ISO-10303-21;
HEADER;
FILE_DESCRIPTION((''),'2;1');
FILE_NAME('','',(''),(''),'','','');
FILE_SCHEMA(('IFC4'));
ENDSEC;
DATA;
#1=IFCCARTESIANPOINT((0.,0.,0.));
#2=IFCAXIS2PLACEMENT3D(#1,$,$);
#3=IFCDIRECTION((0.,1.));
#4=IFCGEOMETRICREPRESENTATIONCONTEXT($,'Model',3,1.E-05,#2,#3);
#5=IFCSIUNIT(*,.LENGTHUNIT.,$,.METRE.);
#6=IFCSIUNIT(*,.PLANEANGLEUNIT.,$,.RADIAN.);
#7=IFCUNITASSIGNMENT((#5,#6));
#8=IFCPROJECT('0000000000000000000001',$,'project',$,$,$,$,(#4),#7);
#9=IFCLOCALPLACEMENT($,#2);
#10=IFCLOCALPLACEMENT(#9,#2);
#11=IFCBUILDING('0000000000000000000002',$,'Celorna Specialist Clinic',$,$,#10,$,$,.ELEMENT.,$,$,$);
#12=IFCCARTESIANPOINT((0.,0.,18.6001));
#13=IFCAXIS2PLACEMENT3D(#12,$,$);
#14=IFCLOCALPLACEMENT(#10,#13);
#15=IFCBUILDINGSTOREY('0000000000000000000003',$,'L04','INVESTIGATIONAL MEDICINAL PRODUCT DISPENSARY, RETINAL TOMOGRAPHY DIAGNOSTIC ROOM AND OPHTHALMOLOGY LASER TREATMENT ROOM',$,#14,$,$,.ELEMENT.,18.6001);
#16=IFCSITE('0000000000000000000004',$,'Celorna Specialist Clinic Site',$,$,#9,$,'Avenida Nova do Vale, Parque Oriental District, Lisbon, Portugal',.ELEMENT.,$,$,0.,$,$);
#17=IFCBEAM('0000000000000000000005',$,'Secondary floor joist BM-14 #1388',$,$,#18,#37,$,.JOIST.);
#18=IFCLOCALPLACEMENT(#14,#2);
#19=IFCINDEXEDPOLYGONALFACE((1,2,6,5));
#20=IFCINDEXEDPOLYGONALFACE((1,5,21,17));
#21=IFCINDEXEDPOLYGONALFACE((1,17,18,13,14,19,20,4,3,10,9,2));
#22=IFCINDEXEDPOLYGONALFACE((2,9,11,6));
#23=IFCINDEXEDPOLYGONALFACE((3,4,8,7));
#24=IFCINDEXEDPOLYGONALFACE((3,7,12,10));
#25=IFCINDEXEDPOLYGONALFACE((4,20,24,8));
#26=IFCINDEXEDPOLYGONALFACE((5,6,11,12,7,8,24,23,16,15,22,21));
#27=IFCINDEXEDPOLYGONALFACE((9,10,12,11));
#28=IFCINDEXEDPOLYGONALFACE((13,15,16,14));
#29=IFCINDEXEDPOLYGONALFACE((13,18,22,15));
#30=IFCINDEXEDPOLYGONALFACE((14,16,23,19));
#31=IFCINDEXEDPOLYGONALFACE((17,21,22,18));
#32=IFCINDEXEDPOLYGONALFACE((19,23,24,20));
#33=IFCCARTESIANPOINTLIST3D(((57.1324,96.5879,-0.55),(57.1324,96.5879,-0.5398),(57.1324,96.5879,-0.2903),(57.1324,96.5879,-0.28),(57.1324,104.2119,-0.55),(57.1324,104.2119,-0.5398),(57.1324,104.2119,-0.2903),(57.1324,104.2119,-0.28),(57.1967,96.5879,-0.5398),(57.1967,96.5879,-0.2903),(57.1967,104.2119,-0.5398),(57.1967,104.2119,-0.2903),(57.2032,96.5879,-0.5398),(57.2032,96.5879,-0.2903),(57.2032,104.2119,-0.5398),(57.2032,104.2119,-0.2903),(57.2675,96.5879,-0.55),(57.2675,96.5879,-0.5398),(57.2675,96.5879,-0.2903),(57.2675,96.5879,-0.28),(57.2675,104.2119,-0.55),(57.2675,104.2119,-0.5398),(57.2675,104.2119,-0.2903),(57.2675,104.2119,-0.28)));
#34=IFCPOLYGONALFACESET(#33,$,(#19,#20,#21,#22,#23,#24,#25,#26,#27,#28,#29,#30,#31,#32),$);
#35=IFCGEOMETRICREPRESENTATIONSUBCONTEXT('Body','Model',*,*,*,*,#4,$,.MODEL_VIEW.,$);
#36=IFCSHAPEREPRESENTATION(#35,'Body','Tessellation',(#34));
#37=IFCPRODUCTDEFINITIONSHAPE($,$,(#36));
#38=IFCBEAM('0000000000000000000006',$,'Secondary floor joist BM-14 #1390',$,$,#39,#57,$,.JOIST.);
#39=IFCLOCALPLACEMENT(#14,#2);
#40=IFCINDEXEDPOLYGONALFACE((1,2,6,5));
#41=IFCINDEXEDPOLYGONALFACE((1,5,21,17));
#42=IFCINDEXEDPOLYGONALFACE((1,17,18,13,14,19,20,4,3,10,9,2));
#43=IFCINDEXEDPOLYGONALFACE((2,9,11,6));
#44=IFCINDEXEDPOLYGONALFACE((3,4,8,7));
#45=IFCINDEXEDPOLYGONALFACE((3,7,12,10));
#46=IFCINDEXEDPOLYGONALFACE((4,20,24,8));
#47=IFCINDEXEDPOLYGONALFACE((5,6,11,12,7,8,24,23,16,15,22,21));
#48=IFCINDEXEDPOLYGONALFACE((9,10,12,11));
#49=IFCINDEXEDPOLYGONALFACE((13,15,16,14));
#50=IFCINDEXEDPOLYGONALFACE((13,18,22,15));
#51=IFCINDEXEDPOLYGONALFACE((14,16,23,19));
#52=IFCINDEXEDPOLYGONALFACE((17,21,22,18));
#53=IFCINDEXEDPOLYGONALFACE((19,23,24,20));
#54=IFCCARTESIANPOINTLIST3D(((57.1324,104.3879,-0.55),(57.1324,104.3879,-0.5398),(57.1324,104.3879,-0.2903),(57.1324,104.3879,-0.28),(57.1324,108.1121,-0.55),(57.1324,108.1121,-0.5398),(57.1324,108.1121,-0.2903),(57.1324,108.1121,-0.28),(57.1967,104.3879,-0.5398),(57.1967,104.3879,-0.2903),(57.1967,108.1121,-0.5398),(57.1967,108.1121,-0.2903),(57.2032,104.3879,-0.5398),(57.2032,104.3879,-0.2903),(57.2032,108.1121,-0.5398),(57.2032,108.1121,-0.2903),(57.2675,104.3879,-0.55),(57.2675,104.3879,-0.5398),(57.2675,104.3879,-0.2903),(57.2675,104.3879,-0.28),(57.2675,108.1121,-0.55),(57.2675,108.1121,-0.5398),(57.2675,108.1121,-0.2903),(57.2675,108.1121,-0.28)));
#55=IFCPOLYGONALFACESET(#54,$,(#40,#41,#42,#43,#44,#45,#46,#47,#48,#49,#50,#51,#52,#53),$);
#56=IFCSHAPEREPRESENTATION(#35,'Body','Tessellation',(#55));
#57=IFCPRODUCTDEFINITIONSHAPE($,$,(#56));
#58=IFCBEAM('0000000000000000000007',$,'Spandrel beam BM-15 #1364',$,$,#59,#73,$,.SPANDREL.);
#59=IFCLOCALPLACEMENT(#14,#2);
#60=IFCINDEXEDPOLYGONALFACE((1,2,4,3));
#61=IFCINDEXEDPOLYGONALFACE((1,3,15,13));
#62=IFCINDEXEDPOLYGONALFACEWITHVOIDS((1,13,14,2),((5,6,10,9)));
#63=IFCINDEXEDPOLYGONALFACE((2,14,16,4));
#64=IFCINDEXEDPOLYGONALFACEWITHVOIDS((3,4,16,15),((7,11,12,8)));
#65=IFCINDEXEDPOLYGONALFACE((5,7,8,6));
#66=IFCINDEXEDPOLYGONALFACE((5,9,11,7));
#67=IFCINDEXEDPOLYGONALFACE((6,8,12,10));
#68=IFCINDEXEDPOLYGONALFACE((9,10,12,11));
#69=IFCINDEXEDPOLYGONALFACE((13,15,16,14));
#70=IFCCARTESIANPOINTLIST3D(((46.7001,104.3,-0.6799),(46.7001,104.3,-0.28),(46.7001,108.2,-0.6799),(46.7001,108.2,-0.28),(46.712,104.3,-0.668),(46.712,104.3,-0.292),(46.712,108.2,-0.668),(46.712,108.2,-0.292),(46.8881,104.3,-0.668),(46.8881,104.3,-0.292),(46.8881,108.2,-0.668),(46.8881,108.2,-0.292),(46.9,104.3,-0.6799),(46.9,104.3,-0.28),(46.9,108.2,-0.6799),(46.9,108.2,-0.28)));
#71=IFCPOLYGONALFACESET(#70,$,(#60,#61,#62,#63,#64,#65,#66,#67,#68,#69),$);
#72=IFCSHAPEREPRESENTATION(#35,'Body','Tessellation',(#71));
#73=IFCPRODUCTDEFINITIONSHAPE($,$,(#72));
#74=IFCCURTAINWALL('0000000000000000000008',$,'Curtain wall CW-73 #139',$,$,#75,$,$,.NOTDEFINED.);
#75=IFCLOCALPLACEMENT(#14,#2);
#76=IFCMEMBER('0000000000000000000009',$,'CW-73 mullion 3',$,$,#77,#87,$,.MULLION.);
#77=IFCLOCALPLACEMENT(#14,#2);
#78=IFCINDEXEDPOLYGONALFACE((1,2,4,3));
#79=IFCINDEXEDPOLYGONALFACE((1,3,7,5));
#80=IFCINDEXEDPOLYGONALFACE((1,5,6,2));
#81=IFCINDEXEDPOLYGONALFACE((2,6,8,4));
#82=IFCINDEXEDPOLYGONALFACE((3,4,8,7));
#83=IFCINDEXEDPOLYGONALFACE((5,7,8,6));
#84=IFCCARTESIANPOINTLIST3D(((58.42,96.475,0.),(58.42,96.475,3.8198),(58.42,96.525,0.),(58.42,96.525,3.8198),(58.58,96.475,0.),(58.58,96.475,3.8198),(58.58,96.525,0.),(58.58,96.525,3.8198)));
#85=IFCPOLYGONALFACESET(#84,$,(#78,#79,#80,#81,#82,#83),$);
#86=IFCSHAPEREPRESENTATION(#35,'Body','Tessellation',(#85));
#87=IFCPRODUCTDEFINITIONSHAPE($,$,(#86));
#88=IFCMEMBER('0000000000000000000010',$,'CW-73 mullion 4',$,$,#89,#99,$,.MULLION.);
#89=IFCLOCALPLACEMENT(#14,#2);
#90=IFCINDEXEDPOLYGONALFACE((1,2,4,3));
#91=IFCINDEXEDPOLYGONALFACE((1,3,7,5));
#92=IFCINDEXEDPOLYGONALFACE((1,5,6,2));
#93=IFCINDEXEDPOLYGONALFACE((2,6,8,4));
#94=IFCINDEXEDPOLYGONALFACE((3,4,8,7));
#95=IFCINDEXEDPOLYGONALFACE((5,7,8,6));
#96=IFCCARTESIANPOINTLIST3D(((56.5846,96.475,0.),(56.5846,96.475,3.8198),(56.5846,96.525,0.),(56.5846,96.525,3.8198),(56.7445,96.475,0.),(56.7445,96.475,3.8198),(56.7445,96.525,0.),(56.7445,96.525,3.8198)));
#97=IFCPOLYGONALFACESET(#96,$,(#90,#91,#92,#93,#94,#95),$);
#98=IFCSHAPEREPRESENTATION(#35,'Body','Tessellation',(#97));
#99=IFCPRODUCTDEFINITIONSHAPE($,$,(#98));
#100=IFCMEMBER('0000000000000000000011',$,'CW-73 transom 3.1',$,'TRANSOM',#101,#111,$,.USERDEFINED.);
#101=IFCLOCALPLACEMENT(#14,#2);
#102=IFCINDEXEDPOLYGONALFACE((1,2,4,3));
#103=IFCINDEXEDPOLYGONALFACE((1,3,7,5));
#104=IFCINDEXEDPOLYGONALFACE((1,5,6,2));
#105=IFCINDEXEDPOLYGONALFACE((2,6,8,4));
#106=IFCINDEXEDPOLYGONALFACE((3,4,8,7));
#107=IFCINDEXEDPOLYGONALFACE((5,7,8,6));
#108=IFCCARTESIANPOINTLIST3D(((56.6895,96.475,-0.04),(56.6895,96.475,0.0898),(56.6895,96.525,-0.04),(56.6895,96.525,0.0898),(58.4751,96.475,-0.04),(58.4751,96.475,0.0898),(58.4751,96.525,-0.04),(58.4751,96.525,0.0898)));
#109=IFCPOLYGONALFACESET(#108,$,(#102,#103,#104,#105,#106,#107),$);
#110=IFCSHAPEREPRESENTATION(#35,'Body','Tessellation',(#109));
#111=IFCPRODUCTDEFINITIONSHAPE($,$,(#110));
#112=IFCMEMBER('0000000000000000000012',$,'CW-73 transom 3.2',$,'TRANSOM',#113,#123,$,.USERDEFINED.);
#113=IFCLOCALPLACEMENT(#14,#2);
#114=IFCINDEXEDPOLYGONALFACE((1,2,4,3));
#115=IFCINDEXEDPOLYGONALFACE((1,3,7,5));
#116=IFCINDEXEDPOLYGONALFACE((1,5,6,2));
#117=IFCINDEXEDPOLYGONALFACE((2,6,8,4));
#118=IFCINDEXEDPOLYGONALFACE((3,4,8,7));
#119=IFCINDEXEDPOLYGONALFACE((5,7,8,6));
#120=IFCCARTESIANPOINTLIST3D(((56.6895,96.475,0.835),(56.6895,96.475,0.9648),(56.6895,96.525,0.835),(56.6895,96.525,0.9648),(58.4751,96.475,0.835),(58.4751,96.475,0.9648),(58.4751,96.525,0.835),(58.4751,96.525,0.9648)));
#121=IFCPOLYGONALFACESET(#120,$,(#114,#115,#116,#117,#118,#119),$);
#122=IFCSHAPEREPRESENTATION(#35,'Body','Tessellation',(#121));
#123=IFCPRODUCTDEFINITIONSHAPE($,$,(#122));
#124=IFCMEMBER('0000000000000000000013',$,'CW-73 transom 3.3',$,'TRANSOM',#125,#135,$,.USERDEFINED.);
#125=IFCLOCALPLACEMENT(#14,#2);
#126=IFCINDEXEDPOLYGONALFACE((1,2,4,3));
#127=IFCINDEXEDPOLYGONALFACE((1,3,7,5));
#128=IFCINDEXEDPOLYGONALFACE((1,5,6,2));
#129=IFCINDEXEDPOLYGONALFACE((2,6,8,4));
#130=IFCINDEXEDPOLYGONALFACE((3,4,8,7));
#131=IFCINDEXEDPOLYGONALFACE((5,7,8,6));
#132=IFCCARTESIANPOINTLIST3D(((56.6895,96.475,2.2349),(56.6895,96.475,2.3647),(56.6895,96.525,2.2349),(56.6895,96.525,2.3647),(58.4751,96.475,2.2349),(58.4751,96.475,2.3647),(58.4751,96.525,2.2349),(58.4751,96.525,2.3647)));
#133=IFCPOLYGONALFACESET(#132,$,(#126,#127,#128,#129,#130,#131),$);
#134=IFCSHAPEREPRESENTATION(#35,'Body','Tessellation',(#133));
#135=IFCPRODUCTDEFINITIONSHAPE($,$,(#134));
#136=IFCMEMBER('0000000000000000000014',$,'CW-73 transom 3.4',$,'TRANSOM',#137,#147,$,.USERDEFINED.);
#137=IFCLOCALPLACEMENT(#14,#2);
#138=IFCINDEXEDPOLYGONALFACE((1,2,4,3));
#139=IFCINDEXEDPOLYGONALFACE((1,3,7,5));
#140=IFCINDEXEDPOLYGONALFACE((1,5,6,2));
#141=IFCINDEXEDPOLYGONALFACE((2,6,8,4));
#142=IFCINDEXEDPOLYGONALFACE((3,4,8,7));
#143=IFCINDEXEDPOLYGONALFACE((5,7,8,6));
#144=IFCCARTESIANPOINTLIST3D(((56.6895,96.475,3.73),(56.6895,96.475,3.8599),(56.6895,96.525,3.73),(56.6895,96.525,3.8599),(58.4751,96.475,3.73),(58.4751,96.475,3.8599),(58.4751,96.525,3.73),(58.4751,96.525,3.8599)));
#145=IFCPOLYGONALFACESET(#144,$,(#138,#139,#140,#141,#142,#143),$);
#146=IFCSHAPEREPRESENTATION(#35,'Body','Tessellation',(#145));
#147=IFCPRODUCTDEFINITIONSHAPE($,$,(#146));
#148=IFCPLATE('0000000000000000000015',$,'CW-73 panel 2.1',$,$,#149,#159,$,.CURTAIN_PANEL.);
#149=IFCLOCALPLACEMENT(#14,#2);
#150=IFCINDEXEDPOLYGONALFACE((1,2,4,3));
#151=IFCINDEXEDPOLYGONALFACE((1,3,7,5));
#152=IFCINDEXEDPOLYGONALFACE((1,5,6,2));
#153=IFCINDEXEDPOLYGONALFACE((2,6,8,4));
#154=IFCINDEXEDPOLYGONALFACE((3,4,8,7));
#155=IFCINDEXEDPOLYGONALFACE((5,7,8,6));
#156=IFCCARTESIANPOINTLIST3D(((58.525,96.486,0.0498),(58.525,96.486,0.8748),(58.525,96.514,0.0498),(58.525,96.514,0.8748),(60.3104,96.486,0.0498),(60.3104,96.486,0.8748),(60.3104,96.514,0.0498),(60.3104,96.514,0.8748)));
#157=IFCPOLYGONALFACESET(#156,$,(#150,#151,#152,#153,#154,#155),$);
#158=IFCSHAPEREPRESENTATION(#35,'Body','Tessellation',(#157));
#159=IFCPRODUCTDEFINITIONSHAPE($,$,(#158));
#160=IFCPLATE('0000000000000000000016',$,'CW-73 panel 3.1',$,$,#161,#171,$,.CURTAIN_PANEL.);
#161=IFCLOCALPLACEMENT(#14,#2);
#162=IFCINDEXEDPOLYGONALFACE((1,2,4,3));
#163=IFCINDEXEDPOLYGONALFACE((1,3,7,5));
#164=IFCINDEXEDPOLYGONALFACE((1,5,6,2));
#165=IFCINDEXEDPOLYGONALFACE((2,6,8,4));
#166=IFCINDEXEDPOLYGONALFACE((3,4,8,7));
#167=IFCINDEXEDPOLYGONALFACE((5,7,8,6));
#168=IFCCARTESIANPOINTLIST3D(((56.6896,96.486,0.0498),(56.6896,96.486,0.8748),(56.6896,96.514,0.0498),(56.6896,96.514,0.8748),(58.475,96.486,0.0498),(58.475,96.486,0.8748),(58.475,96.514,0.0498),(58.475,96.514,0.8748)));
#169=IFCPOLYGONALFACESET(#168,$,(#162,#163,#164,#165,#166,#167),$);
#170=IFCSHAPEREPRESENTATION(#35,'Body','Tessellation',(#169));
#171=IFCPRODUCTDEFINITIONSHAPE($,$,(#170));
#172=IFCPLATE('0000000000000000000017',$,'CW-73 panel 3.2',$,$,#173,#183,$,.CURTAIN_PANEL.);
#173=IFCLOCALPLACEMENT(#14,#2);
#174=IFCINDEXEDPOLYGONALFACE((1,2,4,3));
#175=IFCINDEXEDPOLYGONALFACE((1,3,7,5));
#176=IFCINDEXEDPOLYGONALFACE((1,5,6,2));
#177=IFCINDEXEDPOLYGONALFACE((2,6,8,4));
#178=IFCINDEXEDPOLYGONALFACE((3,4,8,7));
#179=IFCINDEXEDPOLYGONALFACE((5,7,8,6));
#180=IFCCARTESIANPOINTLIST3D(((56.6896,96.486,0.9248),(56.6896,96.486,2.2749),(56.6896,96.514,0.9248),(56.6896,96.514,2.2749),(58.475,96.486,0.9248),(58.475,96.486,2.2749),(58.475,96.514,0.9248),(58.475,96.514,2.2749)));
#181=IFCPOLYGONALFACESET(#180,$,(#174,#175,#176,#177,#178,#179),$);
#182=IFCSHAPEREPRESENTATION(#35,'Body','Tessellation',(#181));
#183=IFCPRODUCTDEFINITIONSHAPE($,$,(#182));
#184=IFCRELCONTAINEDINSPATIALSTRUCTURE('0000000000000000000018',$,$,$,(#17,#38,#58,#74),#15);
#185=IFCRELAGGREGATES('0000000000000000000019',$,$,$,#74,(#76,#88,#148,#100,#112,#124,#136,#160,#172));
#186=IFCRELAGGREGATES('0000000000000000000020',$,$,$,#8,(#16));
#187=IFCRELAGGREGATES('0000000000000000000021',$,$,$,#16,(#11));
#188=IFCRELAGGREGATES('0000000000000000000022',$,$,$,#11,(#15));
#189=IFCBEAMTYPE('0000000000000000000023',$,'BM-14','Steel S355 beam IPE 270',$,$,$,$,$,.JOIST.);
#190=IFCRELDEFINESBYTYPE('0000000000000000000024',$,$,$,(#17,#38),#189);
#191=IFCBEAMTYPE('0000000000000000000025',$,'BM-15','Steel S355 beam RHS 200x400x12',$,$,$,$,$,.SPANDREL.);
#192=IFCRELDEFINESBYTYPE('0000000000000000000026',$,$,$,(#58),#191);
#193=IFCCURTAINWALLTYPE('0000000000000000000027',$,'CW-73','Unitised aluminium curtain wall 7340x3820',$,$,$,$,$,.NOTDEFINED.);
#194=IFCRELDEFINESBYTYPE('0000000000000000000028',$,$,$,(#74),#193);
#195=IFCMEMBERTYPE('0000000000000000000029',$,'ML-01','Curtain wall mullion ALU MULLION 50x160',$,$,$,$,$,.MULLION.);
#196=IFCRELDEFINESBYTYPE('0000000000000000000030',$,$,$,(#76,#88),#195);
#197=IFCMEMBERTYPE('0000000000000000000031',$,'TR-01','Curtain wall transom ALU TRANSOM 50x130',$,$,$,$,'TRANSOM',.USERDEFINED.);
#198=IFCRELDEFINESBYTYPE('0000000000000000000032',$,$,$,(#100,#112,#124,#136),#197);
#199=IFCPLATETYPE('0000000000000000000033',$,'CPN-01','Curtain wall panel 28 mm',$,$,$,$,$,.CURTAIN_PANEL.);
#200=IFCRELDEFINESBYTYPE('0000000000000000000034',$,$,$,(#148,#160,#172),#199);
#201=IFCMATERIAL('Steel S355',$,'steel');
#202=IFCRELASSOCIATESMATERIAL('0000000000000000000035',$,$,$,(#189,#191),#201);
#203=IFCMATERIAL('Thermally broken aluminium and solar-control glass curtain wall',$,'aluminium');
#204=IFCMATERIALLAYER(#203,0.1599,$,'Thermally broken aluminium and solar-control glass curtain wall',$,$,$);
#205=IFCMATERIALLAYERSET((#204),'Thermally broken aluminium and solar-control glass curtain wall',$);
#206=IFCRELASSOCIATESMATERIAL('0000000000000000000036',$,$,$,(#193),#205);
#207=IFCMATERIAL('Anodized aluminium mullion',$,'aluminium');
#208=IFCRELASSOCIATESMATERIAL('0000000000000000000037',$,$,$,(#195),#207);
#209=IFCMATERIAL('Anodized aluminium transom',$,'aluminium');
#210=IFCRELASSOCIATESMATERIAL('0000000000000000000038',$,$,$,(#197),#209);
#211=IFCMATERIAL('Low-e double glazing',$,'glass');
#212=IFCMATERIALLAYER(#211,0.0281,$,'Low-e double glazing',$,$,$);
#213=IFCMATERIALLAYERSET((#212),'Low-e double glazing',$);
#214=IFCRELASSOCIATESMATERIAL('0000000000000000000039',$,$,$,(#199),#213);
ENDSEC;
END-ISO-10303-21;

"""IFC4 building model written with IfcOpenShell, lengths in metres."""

from ifc_helpers import new_model, si_unit, direction, frame, origin, origin_2d, place, context, subcontext, project, spatial, rectangle, hollow_rectangle, i_section, extrude, material, layer, layer_set, material_profile, profile_set, type_object, element, aggregate, save


model = new_model("IFC4")

# Units and contexts
model_context = context("Model", 3, precision=1e-05, world=origin(), true_north=direction((0.0, 1.0)))
body_context = subcontext(model_context, "Body", "Model", "MODEL_VIEW")
ifc_project = project(units=[si_unit("LENGTHUNIT", "METRE"), si_unit("PLANEANGLEUNIT", "RADIAN")], contexts=[model_context])

# Site, building, storey
site_placement = place(None, origin())
site = spatial("IfcSite", under=ifc_project, at=site_placement, Name="Celorna Specialist Clinic Site", LongName="Avenida Nova do Vale, Parque Oriental District, Lisbon, Portugal", CompositionType="ELEMENT", RefElevation=0.0)
building_placement = place(site_placement, origin())
building = spatial("IfcBuilding", under=site, at=building_placement, Name="Celorna Specialist Clinic", CompositionType="ELEMENT")
storey_placement = place(building_placement, frame((0.0, 0.0, 18.6001)))
storey = spatial("IfcBuildingStorey", under=building, at=storey_placement, Name="L04", Description="INVESTIGATIONAL MEDICINAL PRODUCT DISPENSARY, RETINAL TOMOGRAPHY DIAGNOSTIC ROOM AND OPHTHALMOLOGY LASER TREATMENT ROOM", CompositionType="ELEMENT", Elevation=18.6001)

# Beams
ifc_material_1 = material(Name="Steel S355", Category="steel")
ifc_material_profile_1 = material_profile(ifc_material_1, i_section(OverallWidth=0.135, OverallDepth=0.27, WebThickness=0.0066, FlangeThickness=0.0103, at=origin_2d()), Name="IPE 270")
ifc_profile_set_1 = profile_set([ifc_material_profile_1], Name="Steel S355")
beam_type_1 = type_object("IfcBeamType", Name="BM-14", Description="Steel S355 beam IPE 270", PredefinedType="JOIST", material=ifc_profile_set_1)
beam_1_placement = place(storey_placement, frame((57.2, 96.5879, -0.415), z_axis=(0.0, 1.0, 0.0), x_axis=(-1.0, 0.0, 0.0)))
element("IfcBeam", 1, at=beam_1_placement, inside=storey, type_object=beam_type_1, Name="Secondary floor joist BM-14 #1388", PredefinedType="JOIST", context=body_context, shape_type="SweptSolid", body=[
    extrude(i_section(OverallWidth=0.135, OverallDepth=0.27, WebThickness=0.0066, FlangeThickness=0.0103, at=origin_2d()), origin(), (0.0, 0.0, 1.0), 7.624),
])
beam_2_placement = place(storey_placement, frame((57.2, 104.3879, -0.415), z_axis=(0.0, 1.0, 0.0), x_axis=(-1.0, 0.0, 0.0)))
element("IfcBeam", 2, at=beam_2_placement, inside=storey, type_object=beam_type_1, Name="Secondary floor joist BM-14 #1390", PredefinedType="JOIST", context=body_context, shape_type="SweptSolid", body=[
    extrude(i_section(OverallWidth=0.135, OverallDepth=0.27, WebThickness=0.0066, FlangeThickness=0.0103, at=origin_2d()), origin(), (0.0, 0.0, 1.0), 3.7241),
])
ifc_material_profile_2 = material_profile(ifc_material_1, hollow_rectangle(XDim=0.2, YDim=0.3999, WallThickness=0.012, at=origin_2d()), Name="RHS 200x400x12")
ifc_profile_set_2 = profile_set([ifc_material_profile_2], Name="Steel S355")
beam_type_2 = type_object("IfcBeamType", Name="BM-15", Description="Steel S355 beam RHS 200x400x12", PredefinedType="SPANDREL", material=ifc_profile_set_2)
beam_3_placement = place(storey_placement, frame((46.8, 104.3, -0.48), z_axis=(0.0, 1.0, 0.0), x_axis=(-1.0, 0.0, 0.0)))
element("IfcBeam", 3, at=beam_3_placement, inside=storey, type_object=beam_type_2, Name="Spandrel beam BM-15 #1364", PredefinedType="SPANDREL", context=body_context, shape_type="SweptSolid", body=[
    extrude(hollow_rectangle(XDim=0.2, YDim=0.3999, WallThickness=0.012, at=origin_2d()), origin(), (0.0, 0.0, 1.0), 3.8999),
])

# Curtain wall, members, plates
ifc_material_2 = material(Name="Thermally broken aluminium and solar-control glass curtain wall", Category="aluminium")
ifc_layer_1 = layer(ifc_material_2, 0.1599, Name="Thermally broken aluminium and solar-control glass curtain wall")
ifc_layer_set_1 = layer_set([ifc_layer_1], Name="Thermally broken aluminium and solar-control glass curtain wall")
curtain_wall_type = type_object("IfcCurtainWallType", Name="CW-73", Description="Unitised aluminium curtain wall 7340x3820", PredefinedType="NOTDEFINED", material=ifc_layer_set_1)
curtain_wall_placement = place(storey_placement, origin())
curtain_wall = element("IfcCurtainWall", 4, at=curtain_wall_placement, inside=storey, type_object=curtain_wall_type, Name="Curtain wall CW-73 #139", PredefinedType="NOTDEFINED")
ifc_material_3 = material(Name="Anodized aluminium mullion", Category="aluminium")
ifc_material_profile_3 = material_profile(ifc_material_3, rectangle(XDim=0.05, YDim=0.1599, at=origin_2d()), Name="ALU MULLION 50x160")
ifc_profile_set_3 = profile_set([ifc_material_profile_3], Name="Anodized aluminium mullion")
member_type_1 = type_object("IfcMemberType", Name="ML-01", Description="Curtain wall mullion ALU MULLION 50x160", PredefinedType="MULLION", material=ifc_profile_set_3)
member_1_placement = place(storey_placement, frame((58.5, 96.5, 0.0), z_axis=(0.0, 0.0, 1.0), x_axis=(0.0, -1.0, 0.0)))
member_1 = element("IfcMember", 5, at=member_1_placement, type_object=member_type_1, Name="CW-73 mullion 3", PredefinedType="MULLION", context=body_context, shape_type="SweptSolid", body=[
    extrude(rectangle(XDim=0.05, YDim=0.1599, at=origin_2d()), origin(), (0.0, 0.0, 1.0), 3.8198),
])
member_2_placement = place(storey_placement, frame((56.6646, 96.5, 0.0), z_axis=(0.0, 0.0, 1.0), x_axis=(0.0, -1.0, 0.0)))
member_2 = element("IfcMember", 6, at=member_2_placement, type_object=member_type_1, Name="CW-73 mullion 4", PredefinedType="MULLION", context=body_context, shape_type="SweptSolid", body=[
    extrude(rectangle(XDim=0.05, YDim=0.1599, at=origin_2d()), origin(), (0.0, 0.0, 1.0), 3.8198),
])
ifc_material_4 = material(Name="Anodized aluminium transom", Category="aluminium")
ifc_material_profile_4 = material_profile(ifc_material_4, rectangle(XDim=0.05, YDim=0.1299, at=origin_2d()), Name="ALU TRANSOM 50x130")
ifc_profile_set_4 = profile_set([ifc_material_profile_4], Name="Anodized aluminium transom")
member_type_2 = type_object("IfcMemberType", Name="TR-01", Description="Curtain wall transom ALU TRANSOM 50x130", ElementType="TRANSOM", PredefinedType="USERDEFINED", material=ifc_profile_set_4)
member_3_placement = place(storey_placement, frame((58.4751, 96.5, 0.0249), z_axis=(-1.0, 0.0, 0.0), x_axis=(0.0, -1.0, 0.0)))
member_3 = element("IfcMember", 7, at=member_3_placement, type_object=member_type_2, Name="CW-73 transom 3.1", ObjectType="TRANSOM", PredefinedType="USERDEFINED", context=body_context, shape_type="SweptSolid", body=[
    extrude(rectangle(XDim=0.05, YDim=0.1299, at=origin_2d()), origin(), (0.0, 0.0, 1.0), 1.7856),
])
member_4_placement = place(storey_placement, frame((58.4751, 96.5, 0.8999), z_axis=(-1.0, 0.0, 0.0), x_axis=(0.0, -1.0, 0.0)))
member_4 = element("IfcMember", 8, at=member_4_placement, type_object=member_type_2, Name="CW-73 transom 3.2", ObjectType="TRANSOM", PredefinedType="USERDEFINED", context=body_context, shape_type="SweptSolid", body=[
    extrude(rectangle(XDim=0.05, YDim=0.1299, at=origin_2d()), origin(), (0.0, 0.0, 1.0), 1.7856),
])
member_5_placement = place(storey_placement, frame((58.4751, 96.5, 2.2998), z_axis=(-1.0, 0.0, 0.0), x_axis=(0.0, -1.0, 0.0)))
member_5 = element("IfcMember", 9, at=member_5_placement, type_object=member_type_2, Name="CW-73 transom 3.3", ObjectType="TRANSOM", PredefinedType="USERDEFINED", context=body_context, shape_type="SweptSolid", body=[
    extrude(rectangle(XDim=0.05, YDim=0.1299, at=origin_2d()), origin(), (0.0, 0.0, 1.0), 1.7856),
])
member_6_placement = place(storey_placement, frame((58.4751, 96.5, 3.7949), z_axis=(-1.0, 0.0, 0.0), x_axis=(0.0, -1.0, 0.0)))
member_6 = element("IfcMember", 10, at=member_6_placement, type_object=member_type_2, Name="CW-73 transom 3.4", ObjectType="TRANSOM", PredefinedType="USERDEFINED", context=body_context, shape_type="SweptSolid", body=[
    extrude(rectangle(XDim=0.05, YDim=0.1299, at=origin_2d()), origin(), (0.0, 0.0, 1.0), 1.7856),
])
ifc_material_5 = material(Name="Low-e double glazing", Category="glass")
ifc_layer_2 = layer(ifc_material_5, 0.0281, Name="Low-e double glazing")
ifc_layer_set_2 = layer_set([ifc_layer_2], Name="Low-e double glazing")
plate_type = type_object("IfcPlateType", Name="CPN-01", Description="Curtain wall panel 28 mm", PredefinedType="CURTAIN_PANEL", material=ifc_layer_set_2)
plate_1_placement = place(storey_placement, frame((59.4177, 96.5, 0.0498), z_axis=(0.0, 0.0, 1.0), x_axis=(-1.0, 0.0, 0.0)))
plate_1 = element("IfcPlate", 11, at=plate_1_placement, type_object=plate_type, Name="CW-73 panel 2.1", PredefinedType="CURTAIN_PANEL", context=body_context, shape_type="SweptSolid", body=[
    extrude(rectangle(XDim=1.7854, YDim=0.0281, at=origin_2d()), origin(), (0.0, 0.0, 1.0), 0.825),
])
plate_2_placement = place(storey_placement, frame((57.5823, 96.5, 0.0498), z_axis=(0.0, 0.0, 1.0), x_axis=(-1.0, 0.0, 0.0)))
plate_2 = element("IfcPlate", 12, at=plate_2_placement, type_object=plate_type, Name="CW-73 panel 3.1", PredefinedType="CURTAIN_PANEL", context=body_context, shape_type="SweptSolid", body=[
    extrude(rectangle(XDim=1.7854, YDim=0.0281, at=origin_2d()), origin(), (0.0, 0.0, 1.0), 0.825),
])
plate_3_placement = place(storey_placement, frame((57.5823, 96.5, 0.9248), z_axis=(0.0, 0.0, 1.0), x_axis=(-1.0, 0.0, 0.0)))
plate_3 = element("IfcPlate", 13, at=plate_3_placement, type_object=plate_type, Name="CW-73 panel 3.2", PredefinedType="CURTAIN_PANEL", context=body_context, shape_type="SweptSolid", body=[
    extrude(rectangle(XDim=1.7854, YDim=0.0281, at=origin_2d()), origin(), (0.0, 0.0, 1.0), 1.3501),
])
aggregate(curtain_wall, [member_1, member_2, plate_1, member_3, member_4, member_5, member_6, plate_2, plate_3])

save(model, "model.ifc")
